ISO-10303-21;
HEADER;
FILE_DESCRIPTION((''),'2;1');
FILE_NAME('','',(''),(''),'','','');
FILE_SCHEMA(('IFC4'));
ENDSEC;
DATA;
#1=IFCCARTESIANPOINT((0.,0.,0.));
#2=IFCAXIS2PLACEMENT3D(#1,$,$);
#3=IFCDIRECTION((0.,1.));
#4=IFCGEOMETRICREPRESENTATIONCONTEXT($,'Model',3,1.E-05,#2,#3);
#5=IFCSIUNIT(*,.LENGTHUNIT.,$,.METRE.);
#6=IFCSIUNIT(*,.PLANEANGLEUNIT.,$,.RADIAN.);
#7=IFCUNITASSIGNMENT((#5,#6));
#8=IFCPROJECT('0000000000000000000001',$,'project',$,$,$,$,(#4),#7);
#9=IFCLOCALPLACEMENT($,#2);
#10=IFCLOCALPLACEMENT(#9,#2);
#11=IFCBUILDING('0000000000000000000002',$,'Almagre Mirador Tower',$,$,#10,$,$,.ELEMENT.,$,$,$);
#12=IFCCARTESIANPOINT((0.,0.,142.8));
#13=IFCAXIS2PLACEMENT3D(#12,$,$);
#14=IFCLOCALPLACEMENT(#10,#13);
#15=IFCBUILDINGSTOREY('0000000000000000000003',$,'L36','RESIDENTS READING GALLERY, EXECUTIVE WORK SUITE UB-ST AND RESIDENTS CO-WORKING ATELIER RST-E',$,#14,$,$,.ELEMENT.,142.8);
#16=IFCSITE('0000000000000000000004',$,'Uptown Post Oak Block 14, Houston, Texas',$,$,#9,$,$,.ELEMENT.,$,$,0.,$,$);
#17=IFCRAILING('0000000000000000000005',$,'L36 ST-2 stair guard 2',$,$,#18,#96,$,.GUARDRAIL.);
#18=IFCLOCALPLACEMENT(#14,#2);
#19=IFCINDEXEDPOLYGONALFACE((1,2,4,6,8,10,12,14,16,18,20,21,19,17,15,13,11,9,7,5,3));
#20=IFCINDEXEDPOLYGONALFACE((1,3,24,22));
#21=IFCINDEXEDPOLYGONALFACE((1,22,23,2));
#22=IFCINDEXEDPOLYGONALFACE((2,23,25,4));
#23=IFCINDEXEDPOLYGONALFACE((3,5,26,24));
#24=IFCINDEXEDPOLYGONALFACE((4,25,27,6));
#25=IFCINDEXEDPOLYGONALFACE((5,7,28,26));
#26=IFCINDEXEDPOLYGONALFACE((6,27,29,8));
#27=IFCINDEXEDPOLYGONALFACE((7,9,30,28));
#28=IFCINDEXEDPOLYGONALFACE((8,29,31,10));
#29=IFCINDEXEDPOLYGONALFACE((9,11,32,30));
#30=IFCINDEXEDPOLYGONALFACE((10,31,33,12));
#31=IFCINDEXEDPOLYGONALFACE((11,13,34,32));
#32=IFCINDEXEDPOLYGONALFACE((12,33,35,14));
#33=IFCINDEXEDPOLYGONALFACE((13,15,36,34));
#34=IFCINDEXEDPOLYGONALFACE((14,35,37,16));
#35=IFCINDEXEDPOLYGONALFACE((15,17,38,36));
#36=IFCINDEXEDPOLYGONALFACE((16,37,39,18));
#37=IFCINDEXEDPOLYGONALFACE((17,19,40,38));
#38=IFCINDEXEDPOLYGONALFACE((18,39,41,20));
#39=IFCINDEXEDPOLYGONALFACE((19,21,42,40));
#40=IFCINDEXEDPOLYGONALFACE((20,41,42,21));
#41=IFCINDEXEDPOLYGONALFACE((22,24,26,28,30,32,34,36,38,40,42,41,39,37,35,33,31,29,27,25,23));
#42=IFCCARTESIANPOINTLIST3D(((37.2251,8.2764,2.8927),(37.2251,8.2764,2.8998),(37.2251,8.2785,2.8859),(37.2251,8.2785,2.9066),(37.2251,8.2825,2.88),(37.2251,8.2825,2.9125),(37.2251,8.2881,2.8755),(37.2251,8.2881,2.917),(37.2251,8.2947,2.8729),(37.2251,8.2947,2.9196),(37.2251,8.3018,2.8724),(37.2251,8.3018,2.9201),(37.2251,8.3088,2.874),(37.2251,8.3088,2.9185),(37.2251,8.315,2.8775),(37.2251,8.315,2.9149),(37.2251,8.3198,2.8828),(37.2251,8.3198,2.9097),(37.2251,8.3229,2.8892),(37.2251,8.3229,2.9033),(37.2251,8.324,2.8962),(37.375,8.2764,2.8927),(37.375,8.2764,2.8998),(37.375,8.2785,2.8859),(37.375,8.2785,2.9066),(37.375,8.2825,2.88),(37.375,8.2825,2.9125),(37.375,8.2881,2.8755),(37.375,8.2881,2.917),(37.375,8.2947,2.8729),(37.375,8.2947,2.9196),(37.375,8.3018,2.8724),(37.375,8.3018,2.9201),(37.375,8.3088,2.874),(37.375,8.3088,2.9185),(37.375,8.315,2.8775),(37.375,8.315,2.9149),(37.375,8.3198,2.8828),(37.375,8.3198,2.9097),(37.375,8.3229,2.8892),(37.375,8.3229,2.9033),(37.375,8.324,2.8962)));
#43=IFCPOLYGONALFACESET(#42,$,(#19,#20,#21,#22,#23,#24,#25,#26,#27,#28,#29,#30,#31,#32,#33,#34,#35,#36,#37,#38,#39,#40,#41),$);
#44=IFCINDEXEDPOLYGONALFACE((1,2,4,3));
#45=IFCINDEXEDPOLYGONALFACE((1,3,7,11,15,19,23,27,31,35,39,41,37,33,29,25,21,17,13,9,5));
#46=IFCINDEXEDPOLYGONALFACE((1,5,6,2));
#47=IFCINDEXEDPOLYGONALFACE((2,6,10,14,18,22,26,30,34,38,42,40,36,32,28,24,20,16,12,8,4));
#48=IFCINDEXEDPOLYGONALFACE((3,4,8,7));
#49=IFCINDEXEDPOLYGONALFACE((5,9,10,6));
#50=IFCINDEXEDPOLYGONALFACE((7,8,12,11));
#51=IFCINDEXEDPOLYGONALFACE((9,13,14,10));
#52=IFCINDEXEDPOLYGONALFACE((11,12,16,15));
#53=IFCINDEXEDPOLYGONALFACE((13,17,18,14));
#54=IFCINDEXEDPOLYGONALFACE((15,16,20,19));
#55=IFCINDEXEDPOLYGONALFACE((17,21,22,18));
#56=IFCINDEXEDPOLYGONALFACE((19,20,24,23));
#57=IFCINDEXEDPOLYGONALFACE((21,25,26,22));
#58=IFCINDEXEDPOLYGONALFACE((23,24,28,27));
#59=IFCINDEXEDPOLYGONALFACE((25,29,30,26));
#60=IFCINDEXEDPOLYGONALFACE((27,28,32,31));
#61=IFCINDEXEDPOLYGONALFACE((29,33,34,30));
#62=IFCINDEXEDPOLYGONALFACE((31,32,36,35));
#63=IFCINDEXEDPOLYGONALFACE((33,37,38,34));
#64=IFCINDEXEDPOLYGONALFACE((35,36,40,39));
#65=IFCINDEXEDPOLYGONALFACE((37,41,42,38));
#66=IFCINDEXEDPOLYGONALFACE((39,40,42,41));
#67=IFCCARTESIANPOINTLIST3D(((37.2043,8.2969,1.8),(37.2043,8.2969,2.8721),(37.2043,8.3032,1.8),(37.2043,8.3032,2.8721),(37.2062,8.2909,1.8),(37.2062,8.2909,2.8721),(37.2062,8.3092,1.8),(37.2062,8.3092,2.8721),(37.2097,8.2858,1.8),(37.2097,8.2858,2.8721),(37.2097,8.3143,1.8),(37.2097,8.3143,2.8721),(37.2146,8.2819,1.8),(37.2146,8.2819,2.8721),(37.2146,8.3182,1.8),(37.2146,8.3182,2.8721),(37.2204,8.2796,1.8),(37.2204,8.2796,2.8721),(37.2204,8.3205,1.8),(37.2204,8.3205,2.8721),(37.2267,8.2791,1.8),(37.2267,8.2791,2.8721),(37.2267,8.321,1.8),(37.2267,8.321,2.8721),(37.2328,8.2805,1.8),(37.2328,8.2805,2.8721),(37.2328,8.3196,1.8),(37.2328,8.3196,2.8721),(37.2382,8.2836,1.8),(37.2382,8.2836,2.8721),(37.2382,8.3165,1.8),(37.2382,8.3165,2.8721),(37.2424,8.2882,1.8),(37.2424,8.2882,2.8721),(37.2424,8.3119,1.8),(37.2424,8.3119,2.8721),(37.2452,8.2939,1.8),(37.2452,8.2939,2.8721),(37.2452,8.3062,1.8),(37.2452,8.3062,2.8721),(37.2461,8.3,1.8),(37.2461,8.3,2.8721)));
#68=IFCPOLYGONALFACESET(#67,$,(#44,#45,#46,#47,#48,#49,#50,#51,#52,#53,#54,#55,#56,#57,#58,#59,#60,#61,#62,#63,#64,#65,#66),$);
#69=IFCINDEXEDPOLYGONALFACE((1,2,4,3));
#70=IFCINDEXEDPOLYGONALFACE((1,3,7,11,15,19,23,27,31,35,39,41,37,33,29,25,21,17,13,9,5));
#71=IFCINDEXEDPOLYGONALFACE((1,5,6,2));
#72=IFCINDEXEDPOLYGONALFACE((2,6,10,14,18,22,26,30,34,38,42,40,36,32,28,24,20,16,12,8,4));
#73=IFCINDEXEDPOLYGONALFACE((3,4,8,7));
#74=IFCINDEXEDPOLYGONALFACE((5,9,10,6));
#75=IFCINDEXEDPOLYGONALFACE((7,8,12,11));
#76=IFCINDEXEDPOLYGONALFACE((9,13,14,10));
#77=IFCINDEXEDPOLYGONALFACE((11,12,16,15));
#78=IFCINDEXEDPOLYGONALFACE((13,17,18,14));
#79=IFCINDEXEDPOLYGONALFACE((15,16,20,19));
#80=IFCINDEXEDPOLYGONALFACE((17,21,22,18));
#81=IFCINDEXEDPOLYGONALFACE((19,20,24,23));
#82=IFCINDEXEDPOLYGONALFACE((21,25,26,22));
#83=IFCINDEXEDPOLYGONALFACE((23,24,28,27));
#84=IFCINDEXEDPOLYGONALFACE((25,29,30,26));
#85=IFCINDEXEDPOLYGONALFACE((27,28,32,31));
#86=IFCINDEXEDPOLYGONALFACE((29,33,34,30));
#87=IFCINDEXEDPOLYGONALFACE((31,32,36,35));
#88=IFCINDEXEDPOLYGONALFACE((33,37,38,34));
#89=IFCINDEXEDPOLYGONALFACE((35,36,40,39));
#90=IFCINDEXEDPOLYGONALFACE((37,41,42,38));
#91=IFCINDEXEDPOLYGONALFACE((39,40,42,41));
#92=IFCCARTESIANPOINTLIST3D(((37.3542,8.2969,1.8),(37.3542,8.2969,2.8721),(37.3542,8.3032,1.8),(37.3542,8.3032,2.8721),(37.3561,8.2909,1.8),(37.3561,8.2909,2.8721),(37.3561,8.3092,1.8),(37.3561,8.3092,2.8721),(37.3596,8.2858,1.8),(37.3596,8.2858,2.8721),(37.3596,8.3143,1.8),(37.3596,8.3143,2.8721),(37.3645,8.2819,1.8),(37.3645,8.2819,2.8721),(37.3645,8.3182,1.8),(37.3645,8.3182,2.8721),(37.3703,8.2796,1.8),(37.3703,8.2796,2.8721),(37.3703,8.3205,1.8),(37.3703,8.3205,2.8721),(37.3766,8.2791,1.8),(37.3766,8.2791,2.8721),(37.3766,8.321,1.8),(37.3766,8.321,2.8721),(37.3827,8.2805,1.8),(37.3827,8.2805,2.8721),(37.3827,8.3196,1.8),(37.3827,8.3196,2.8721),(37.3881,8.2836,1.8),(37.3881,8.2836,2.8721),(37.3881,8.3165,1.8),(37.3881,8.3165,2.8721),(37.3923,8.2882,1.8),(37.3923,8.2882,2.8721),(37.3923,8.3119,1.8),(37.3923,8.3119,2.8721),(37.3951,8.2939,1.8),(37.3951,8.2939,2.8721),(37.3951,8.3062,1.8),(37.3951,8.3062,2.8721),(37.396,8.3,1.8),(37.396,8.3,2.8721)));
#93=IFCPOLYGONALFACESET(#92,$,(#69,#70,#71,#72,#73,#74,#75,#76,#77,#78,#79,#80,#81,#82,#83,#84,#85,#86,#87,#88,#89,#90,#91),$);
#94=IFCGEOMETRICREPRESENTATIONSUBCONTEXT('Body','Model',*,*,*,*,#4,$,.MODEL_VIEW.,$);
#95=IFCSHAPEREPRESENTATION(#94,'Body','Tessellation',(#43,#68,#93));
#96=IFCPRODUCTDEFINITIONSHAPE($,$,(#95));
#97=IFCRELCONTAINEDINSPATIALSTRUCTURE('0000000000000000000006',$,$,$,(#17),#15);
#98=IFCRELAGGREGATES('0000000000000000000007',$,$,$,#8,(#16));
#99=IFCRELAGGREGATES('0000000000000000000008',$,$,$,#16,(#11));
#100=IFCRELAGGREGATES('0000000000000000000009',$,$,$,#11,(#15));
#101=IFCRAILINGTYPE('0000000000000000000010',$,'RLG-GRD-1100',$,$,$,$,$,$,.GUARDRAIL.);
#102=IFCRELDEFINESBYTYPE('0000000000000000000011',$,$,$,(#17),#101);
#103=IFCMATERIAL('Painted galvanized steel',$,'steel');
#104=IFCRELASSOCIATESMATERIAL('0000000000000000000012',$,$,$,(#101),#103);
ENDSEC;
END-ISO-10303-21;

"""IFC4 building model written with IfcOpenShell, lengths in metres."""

from ifc_helpers import new_model, si_unit, direction, frame, origin, origin_2d, place, context, subcontext, project, spatial, circle, extrude, material, type_object, element, save


model = new_model("IFC4")

# Units and contexts
model_context = context("Model", 3, precision=1e-05, world=origin(), true_north=direction((0.0, 1.0)))
body_context = subcontext(model_context, "Body", "Model", "MODEL_VIEW")
ifc_project = project(units=[si_unit("LENGTHUNIT", "METRE"), si_unit("PLANEANGLEUNIT", "RADIAN")], contexts=[model_context])

# Site, building, storey
site_placement = place(None, origin())
site = spatial("IfcSite", under=ifc_project, at=site_placement, Name="Uptown Post Oak Block 14, Houston, Texas", CompositionType="ELEMENT", RefElevation=0.0)
building_placement = place(site_placement, origin())
building = spatial("IfcBuilding", under=site, at=building_placement, Name="Almagre Mirador Tower", CompositionType="ELEMENT")
storey_placement = place(building_placement, frame((0.0, 0.0, 142.8)))
storey = spatial("IfcBuildingStorey", under=building, at=storey_placement, Name="L36", Description="RESIDENTS READING GALLERY, EXECUTIVE WORK SUITE UB-ST AND RESIDENTS CO-WORKING ATELIER RST-E", CompositionType="ELEMENT", Elevation=142.8)

# Railing
ifc_material_1 = material(Name="Painted galvanized steel", Category="steel")
railing_type_1 = type_object("IfcRailingType", Name="RLG-GRD-1100", PredefinedType="GUARDRAIL", material=ifc_material_1)
railing_1_placement = place(storey_placement, frame((37.2251, 8.3, 1.8)))
element("IfcRailing", 1, at=railing_1_placement, inside=storey, type_object=railing_type_1, Name="L36 ST-2 stair guard 2", PredefinedType="GUARDRAIL", context=body_context, shape_type="SweptSolid", body=[
    extrude(circle(Radius=0.0239, at=origin_2d()), frame((0.0, 0.0, 1.0962), z_axis=(1.0, 0.0, 0.0), x_axis=(0.0, 1.0, 0.0)), (0.0, 0.0, 1.0), 0.1499),
    extrude(circle(Radius=0.021, at=origin_2d()), origin(), (0.0, 0.0, 1.0), 1.072),
    extrude(circle(Radius=0.021, at=origin_2d()), frame((0.1499, 0.0, 0.0)), (0.0, 0.0, 1.0), 1.072),
])

save(model, "model.ifc")
